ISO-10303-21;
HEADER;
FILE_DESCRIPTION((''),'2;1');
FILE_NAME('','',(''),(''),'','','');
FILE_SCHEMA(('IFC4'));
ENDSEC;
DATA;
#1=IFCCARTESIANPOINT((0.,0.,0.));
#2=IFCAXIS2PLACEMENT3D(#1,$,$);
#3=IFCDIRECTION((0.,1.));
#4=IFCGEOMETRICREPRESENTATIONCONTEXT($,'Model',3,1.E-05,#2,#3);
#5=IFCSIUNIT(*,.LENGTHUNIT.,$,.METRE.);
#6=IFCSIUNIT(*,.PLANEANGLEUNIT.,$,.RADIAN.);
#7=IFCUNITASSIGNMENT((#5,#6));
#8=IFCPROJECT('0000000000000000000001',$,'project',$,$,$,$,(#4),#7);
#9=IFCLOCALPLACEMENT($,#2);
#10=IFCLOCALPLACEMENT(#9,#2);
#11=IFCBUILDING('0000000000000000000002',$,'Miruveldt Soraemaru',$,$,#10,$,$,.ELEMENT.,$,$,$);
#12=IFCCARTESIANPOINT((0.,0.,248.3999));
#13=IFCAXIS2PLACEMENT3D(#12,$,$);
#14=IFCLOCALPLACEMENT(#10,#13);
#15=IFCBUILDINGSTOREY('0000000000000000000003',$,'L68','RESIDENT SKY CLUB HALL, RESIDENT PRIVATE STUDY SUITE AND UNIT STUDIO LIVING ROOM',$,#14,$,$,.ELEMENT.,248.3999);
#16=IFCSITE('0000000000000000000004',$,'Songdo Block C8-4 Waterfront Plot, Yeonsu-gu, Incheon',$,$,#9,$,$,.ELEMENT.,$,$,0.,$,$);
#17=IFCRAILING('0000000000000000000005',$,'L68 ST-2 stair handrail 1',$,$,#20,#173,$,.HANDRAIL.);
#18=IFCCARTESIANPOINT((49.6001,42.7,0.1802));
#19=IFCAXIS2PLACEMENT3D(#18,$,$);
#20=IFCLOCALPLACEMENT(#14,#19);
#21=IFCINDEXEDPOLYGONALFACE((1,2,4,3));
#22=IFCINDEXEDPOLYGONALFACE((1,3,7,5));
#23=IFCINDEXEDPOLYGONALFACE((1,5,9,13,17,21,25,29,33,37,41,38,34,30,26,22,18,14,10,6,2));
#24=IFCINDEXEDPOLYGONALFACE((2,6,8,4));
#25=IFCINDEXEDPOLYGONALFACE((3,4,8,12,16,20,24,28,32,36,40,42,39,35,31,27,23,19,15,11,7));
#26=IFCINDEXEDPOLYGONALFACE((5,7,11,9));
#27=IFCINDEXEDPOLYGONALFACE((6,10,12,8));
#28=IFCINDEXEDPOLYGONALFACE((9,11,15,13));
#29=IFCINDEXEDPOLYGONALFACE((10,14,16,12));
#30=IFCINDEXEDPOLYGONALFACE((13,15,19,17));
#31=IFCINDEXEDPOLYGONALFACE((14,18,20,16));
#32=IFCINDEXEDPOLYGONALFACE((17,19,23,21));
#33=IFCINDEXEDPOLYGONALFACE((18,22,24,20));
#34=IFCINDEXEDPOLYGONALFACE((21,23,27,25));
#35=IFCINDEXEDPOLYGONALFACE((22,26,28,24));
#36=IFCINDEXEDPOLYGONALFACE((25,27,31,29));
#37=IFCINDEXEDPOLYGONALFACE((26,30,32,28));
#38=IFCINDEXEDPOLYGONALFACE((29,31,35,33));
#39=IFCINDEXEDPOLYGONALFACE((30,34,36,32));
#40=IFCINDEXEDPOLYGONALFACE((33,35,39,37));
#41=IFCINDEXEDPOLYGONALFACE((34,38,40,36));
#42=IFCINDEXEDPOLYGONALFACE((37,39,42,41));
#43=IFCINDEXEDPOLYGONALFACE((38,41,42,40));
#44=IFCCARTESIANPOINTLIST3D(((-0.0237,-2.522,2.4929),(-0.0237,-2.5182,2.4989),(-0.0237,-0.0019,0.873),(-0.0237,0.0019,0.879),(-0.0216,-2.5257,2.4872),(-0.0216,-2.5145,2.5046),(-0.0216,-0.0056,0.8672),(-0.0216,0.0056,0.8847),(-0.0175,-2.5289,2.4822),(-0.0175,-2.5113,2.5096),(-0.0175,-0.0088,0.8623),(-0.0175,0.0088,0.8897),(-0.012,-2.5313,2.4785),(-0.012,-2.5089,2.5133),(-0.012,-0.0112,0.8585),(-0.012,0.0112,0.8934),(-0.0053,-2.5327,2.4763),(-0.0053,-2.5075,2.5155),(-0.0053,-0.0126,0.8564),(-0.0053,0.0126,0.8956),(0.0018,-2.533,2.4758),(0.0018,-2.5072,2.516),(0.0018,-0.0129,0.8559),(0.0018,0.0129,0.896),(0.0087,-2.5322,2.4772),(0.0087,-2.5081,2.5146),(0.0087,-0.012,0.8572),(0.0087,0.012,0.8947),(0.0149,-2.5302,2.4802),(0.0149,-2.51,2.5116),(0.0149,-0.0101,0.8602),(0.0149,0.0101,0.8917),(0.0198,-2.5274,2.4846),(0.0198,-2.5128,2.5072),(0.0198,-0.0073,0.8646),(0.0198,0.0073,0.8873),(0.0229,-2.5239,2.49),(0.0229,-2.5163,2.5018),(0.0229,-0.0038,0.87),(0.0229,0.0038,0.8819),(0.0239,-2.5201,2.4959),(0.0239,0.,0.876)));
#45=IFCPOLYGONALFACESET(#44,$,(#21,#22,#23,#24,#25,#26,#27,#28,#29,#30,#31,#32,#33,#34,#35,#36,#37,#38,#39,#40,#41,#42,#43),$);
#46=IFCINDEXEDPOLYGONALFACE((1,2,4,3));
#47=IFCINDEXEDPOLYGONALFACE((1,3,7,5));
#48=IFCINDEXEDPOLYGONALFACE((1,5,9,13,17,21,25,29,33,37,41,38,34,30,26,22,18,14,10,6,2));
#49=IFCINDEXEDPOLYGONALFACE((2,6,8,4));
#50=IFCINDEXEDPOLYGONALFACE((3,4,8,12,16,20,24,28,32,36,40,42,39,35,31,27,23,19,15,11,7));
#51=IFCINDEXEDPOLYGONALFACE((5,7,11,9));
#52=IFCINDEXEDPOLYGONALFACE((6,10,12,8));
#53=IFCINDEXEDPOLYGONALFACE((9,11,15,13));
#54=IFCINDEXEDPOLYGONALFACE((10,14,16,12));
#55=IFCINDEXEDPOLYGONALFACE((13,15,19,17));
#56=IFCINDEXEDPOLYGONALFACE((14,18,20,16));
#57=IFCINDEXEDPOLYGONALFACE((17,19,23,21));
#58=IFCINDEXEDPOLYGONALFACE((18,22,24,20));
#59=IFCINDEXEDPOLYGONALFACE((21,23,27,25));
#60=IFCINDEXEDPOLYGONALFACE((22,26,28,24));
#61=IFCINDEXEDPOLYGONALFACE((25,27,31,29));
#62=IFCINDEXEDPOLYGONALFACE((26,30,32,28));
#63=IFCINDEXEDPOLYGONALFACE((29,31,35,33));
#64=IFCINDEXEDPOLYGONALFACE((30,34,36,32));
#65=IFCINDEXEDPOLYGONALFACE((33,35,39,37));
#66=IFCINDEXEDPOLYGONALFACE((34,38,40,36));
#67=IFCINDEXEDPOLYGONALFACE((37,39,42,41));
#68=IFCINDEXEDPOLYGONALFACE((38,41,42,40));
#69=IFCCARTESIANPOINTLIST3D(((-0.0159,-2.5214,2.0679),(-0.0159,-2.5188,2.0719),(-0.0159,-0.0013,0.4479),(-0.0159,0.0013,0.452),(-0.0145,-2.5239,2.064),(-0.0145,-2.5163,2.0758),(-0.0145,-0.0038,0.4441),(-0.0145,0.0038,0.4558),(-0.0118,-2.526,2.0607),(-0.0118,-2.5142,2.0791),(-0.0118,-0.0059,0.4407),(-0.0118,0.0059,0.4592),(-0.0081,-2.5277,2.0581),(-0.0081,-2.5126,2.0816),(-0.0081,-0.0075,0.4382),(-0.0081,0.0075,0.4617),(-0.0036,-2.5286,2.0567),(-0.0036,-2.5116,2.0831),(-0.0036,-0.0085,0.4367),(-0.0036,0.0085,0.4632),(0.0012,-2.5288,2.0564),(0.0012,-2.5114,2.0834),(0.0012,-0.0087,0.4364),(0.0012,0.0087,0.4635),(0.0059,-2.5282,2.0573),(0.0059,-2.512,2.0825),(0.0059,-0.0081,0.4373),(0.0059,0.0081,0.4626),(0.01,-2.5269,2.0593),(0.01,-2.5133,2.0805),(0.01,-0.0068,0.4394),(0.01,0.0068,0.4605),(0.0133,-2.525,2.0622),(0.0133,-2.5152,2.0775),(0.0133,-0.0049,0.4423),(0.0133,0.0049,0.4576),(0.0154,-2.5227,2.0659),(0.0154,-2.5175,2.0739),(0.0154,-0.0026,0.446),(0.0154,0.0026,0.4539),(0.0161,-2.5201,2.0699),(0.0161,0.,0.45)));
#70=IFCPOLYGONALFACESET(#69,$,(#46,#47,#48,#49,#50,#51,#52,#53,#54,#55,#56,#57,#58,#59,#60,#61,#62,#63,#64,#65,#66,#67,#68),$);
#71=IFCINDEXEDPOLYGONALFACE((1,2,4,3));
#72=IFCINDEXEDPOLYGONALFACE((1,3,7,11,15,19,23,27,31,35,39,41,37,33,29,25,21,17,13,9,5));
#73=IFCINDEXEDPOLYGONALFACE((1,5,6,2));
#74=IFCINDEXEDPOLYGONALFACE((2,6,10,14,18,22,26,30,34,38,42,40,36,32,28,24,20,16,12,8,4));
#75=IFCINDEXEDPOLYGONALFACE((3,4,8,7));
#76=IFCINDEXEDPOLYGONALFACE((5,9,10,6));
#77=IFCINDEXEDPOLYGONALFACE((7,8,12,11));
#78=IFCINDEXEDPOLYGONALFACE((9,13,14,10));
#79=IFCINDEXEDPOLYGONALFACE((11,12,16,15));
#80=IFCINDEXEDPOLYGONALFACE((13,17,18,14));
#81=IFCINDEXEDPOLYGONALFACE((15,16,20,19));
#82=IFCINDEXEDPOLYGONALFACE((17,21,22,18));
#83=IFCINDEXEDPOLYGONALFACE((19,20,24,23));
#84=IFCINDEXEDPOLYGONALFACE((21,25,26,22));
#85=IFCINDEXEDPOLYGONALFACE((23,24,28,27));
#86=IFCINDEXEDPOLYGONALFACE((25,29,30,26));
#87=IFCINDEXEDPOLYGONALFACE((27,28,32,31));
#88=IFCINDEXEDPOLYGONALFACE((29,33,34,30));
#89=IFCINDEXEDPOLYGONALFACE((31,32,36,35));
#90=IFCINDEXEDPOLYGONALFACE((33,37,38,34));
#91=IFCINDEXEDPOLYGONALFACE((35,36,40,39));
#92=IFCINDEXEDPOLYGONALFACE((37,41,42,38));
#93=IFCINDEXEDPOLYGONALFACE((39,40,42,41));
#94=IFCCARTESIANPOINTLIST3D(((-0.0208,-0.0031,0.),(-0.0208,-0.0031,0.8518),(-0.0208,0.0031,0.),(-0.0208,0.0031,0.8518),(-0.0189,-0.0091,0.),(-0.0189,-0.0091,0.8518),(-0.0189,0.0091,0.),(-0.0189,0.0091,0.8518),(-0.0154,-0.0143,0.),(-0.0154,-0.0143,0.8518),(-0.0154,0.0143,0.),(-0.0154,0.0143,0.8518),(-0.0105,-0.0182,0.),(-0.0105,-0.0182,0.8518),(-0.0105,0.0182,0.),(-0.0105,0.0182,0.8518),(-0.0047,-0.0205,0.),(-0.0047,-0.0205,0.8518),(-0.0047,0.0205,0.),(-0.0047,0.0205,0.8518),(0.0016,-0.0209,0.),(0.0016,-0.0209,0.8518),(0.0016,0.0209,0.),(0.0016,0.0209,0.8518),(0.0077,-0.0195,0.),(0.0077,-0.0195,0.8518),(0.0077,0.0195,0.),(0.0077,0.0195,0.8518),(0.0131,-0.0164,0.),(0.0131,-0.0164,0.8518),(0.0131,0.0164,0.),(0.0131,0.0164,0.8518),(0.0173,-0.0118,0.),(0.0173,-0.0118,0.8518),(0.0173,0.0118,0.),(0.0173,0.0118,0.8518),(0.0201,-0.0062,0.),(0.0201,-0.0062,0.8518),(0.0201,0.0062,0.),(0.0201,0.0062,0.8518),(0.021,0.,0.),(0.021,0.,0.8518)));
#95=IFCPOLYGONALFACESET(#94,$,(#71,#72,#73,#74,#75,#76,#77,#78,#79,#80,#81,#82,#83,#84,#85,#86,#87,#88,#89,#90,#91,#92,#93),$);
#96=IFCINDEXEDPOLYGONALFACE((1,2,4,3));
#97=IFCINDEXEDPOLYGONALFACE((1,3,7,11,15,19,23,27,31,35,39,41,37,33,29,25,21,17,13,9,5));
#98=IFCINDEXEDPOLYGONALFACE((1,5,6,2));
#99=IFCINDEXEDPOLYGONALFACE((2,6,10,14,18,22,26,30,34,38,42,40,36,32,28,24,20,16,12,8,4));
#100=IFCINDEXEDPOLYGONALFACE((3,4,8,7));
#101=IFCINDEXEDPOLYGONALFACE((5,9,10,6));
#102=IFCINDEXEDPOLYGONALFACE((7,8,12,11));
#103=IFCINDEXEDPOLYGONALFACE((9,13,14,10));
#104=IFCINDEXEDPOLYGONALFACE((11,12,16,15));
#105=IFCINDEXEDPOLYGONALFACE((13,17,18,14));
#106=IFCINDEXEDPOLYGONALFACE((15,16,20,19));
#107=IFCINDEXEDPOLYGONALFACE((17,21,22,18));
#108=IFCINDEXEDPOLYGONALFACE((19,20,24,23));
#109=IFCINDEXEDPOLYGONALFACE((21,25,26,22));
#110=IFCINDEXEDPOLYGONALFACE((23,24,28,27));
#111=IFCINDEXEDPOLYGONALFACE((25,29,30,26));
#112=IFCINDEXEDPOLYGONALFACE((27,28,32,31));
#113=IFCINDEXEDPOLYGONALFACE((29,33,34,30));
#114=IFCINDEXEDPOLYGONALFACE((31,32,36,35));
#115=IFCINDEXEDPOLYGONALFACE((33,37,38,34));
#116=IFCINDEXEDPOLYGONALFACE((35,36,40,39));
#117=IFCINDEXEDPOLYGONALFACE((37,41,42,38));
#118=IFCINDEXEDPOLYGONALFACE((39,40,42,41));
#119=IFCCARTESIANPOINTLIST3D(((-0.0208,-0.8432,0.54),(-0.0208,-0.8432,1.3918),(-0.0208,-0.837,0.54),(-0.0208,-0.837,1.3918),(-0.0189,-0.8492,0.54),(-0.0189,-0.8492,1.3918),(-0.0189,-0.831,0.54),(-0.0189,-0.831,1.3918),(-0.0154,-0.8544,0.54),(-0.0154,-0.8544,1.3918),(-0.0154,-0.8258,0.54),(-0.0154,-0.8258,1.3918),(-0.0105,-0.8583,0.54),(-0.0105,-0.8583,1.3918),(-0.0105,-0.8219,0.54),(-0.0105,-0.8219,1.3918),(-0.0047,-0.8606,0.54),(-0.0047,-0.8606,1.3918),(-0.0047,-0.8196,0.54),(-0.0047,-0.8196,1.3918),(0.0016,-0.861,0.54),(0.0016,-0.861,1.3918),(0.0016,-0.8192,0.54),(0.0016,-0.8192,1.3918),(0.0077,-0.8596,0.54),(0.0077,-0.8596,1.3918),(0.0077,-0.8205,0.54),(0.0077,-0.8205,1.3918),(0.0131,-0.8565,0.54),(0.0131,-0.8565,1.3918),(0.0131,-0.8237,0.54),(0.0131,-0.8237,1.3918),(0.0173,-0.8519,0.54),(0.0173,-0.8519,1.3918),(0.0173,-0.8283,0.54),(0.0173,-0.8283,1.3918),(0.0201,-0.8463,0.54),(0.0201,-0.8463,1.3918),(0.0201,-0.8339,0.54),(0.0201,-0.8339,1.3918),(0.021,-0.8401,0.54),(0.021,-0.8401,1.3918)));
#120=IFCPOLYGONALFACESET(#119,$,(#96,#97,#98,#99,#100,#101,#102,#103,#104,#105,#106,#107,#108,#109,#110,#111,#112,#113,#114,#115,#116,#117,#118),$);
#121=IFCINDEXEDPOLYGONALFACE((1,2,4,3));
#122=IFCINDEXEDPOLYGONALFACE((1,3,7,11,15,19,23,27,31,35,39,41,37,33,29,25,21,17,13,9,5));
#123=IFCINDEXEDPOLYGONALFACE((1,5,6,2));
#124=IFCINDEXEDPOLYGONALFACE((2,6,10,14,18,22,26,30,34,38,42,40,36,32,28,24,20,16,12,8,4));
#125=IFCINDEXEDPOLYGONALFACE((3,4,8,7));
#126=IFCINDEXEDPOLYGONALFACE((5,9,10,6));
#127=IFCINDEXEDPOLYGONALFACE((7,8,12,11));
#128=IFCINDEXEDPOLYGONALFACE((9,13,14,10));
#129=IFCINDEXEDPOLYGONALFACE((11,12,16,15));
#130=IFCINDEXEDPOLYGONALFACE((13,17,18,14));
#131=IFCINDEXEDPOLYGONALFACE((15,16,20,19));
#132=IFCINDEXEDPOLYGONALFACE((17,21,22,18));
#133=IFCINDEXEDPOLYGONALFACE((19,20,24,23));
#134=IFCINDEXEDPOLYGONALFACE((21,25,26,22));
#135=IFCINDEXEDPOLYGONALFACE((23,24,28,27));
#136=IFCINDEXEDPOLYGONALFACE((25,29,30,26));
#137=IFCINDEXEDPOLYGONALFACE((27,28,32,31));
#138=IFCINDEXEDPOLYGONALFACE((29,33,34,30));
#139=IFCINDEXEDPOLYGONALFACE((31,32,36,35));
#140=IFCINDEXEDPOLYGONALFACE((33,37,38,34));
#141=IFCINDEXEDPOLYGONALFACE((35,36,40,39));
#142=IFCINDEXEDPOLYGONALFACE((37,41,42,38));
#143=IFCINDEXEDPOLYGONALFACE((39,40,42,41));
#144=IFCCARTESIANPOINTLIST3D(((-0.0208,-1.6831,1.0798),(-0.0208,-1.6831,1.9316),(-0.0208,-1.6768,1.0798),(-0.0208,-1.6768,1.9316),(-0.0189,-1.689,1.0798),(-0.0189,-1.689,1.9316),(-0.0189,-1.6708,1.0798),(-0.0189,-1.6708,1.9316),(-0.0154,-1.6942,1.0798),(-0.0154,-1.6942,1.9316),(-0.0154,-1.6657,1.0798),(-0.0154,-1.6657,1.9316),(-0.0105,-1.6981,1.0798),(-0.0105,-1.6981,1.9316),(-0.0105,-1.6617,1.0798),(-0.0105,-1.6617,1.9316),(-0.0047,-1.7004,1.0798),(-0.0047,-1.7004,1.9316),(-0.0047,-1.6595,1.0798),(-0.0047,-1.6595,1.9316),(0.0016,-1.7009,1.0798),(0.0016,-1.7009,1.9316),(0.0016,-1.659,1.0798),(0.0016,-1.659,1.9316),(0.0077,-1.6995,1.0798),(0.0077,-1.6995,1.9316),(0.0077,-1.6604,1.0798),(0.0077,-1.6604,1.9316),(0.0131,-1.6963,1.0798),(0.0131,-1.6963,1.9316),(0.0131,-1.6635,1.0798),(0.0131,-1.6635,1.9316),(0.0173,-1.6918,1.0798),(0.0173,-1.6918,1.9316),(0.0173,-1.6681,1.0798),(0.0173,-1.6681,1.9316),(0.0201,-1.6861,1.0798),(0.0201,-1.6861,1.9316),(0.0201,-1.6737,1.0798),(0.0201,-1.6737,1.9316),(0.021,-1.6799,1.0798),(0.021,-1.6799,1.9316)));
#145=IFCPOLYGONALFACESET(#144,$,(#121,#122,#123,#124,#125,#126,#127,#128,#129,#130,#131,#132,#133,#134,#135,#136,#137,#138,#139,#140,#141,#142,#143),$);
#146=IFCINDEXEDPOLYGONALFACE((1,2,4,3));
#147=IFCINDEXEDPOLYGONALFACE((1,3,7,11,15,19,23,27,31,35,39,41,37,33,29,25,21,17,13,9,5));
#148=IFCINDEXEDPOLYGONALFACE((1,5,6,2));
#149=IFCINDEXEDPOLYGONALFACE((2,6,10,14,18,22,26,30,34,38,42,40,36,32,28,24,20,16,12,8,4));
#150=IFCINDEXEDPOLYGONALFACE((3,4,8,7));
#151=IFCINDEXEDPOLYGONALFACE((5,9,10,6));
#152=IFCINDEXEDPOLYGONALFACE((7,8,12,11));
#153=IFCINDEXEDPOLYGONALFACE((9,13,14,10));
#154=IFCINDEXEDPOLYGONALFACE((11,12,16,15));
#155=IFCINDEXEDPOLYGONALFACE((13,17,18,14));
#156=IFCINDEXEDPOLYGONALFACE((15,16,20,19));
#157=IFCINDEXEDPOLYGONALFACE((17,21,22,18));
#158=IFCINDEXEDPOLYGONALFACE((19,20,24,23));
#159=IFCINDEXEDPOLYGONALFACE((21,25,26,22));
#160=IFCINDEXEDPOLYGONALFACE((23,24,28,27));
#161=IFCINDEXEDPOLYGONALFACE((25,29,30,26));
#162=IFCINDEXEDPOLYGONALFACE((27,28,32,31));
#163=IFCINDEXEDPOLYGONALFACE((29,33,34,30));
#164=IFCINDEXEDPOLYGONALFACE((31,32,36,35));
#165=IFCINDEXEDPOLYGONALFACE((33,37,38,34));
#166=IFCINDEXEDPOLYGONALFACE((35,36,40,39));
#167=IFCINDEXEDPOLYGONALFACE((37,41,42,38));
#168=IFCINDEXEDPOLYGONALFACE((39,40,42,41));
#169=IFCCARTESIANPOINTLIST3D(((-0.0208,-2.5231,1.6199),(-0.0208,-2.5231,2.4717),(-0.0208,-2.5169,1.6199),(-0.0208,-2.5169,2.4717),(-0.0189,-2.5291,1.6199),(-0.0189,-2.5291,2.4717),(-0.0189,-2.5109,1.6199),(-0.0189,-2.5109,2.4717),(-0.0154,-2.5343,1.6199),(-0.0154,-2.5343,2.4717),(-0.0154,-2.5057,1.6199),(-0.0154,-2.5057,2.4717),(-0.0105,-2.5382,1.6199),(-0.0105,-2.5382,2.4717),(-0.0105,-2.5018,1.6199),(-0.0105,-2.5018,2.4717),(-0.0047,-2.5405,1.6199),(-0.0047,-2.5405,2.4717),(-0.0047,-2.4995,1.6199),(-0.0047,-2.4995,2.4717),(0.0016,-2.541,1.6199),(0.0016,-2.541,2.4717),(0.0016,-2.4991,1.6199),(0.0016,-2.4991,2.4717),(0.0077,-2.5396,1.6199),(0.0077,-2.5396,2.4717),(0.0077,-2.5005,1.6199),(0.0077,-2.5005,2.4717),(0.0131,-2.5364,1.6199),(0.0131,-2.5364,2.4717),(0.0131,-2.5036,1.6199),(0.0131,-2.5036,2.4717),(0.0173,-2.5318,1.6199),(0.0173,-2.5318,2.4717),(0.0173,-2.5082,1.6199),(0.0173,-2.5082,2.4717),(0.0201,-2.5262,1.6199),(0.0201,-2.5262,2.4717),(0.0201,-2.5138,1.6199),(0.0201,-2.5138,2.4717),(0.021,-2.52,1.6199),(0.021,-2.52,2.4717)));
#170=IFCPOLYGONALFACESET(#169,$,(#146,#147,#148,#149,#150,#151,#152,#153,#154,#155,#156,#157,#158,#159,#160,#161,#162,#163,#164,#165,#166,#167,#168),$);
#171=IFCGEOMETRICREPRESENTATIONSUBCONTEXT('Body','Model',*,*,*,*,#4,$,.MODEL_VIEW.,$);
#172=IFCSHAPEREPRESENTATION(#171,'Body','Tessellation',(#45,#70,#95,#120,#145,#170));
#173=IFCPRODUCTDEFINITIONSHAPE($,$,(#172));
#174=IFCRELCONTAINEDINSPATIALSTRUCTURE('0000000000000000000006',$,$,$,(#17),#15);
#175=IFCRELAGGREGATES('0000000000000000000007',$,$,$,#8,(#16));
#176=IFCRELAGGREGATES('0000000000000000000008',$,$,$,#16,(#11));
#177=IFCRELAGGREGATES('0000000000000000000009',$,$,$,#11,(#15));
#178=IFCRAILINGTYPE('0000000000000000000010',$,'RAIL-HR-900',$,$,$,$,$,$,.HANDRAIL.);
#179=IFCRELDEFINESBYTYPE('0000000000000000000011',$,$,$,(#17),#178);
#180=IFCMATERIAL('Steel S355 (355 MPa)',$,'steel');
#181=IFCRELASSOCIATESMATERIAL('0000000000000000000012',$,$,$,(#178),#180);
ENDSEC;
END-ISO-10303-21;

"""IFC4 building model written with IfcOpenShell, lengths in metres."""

from ifc_helpers import new_model, si_unit, direction, frame, origin, origin_2d, place, context, subcontext, project, spatial, circle, extrude, material, type_object, element, save


model = new_model("IFC4")

# Units and contexts
model_context = context("Model", 3, precision=1e-05, world=origin(), true_north=direction((0.0, 1.0)))
body_context = subcontext(model_context, "Body", "Model", "MODEL_VIEW")
ifc_project = project(units=[si_unit("LENGTHUNIT", "METRE"), si_unit("PLANEANGLEUNIT", "RADIAN")], contexts=[model_context])

# Site, building, storey
site_placement = place(None, origin())
site = spatial("IfcSite", under=ifc_project, at=site_placement, Name="Songdo Block C8-4 Waterfront Plot, Yeonsu-gu, Incheon", CompositionType="ELEMENT", RefElevation=0.0)
building_placement = place(site_placement, origin())
building = spatial("IfcBuilding", under=site, at=building_placement, Name="Miruveldt Soraemaru", CompositionType="ELEMENT")
storey_placement = place(building_placement, frame((0.0, 0.0, 248.3999)))
storey = spatial("IfcBuildingStorey", under=building, at=storey_placement, Name="L68", Description="RESIDENT SKY CLUB HALL, RESIDENT PRIVATE STUDY SUITE AND UNIT STUDIO LIVING ROOM", CompositionType="ELEMENT", Elevation=248.3999)

# Railing
ifc_material_1 = material(Name="Steel S355 (355 MPa)", Category="steel")
railing_type_1 = type_object("IfcRailingType", Name="RAIL-HR-900", PredefinedType="HANDRAIL", material=ifc_material_1)
railing_1_placement = place(storey_placement, frame((49.6001, 42.7, 0.1802)))
element("IfcRailing", 1, at=railing_1_placement, inside=storey, type_object=railing_type_1, Name="L68 ST-2 stair handrail 1", PredefinedType="HANDRAIL", context=body_context, shape_type="SweptSolid", body=[
    extrude(circle(Radius=0.0239, at=origin_2d()), frame((0.0, 0.0, 0.876), z_axis=(0.0, -0.8412, 0.540725), x_axis=(1.0, 0.0, 0.0)), (0.0, 0.0, 1.0), 2.9958),
    extrude(circle(Radius=0.0161, at=origin_2d()), frame((0.0, 0.0, 0.45), z_axis=(0.0, -0.8412, 0.540725), x_axis=(1.0, 0.0, 0.0)), (0.0, 0.0, 1.0), 2.9958),
    extrude(circle(Radius=0.021, at=origin_2d()), origin(), (0.0, 0.0, 1.0), 0.8518),
    extrude(circle(Radius=0.021, at=origin_2d()), frame((0.0, -0.8401, 0.54)), (0.0, 0.0, 1.0), 0.8518),
    extrude(circle(Radius=0.021, at=origin_2d()), frame((0.0, -1.6799, 1.0798)), (0.0, 0.0, 1.0), 0.8518),
    extrude(circle(Radius=0.021, at=origin_2d()), frame((0.0, -2.52, 1.6199)), (0.0, 0.0, 1.0), 0.8518),
])

save(model, "model.ifc")
